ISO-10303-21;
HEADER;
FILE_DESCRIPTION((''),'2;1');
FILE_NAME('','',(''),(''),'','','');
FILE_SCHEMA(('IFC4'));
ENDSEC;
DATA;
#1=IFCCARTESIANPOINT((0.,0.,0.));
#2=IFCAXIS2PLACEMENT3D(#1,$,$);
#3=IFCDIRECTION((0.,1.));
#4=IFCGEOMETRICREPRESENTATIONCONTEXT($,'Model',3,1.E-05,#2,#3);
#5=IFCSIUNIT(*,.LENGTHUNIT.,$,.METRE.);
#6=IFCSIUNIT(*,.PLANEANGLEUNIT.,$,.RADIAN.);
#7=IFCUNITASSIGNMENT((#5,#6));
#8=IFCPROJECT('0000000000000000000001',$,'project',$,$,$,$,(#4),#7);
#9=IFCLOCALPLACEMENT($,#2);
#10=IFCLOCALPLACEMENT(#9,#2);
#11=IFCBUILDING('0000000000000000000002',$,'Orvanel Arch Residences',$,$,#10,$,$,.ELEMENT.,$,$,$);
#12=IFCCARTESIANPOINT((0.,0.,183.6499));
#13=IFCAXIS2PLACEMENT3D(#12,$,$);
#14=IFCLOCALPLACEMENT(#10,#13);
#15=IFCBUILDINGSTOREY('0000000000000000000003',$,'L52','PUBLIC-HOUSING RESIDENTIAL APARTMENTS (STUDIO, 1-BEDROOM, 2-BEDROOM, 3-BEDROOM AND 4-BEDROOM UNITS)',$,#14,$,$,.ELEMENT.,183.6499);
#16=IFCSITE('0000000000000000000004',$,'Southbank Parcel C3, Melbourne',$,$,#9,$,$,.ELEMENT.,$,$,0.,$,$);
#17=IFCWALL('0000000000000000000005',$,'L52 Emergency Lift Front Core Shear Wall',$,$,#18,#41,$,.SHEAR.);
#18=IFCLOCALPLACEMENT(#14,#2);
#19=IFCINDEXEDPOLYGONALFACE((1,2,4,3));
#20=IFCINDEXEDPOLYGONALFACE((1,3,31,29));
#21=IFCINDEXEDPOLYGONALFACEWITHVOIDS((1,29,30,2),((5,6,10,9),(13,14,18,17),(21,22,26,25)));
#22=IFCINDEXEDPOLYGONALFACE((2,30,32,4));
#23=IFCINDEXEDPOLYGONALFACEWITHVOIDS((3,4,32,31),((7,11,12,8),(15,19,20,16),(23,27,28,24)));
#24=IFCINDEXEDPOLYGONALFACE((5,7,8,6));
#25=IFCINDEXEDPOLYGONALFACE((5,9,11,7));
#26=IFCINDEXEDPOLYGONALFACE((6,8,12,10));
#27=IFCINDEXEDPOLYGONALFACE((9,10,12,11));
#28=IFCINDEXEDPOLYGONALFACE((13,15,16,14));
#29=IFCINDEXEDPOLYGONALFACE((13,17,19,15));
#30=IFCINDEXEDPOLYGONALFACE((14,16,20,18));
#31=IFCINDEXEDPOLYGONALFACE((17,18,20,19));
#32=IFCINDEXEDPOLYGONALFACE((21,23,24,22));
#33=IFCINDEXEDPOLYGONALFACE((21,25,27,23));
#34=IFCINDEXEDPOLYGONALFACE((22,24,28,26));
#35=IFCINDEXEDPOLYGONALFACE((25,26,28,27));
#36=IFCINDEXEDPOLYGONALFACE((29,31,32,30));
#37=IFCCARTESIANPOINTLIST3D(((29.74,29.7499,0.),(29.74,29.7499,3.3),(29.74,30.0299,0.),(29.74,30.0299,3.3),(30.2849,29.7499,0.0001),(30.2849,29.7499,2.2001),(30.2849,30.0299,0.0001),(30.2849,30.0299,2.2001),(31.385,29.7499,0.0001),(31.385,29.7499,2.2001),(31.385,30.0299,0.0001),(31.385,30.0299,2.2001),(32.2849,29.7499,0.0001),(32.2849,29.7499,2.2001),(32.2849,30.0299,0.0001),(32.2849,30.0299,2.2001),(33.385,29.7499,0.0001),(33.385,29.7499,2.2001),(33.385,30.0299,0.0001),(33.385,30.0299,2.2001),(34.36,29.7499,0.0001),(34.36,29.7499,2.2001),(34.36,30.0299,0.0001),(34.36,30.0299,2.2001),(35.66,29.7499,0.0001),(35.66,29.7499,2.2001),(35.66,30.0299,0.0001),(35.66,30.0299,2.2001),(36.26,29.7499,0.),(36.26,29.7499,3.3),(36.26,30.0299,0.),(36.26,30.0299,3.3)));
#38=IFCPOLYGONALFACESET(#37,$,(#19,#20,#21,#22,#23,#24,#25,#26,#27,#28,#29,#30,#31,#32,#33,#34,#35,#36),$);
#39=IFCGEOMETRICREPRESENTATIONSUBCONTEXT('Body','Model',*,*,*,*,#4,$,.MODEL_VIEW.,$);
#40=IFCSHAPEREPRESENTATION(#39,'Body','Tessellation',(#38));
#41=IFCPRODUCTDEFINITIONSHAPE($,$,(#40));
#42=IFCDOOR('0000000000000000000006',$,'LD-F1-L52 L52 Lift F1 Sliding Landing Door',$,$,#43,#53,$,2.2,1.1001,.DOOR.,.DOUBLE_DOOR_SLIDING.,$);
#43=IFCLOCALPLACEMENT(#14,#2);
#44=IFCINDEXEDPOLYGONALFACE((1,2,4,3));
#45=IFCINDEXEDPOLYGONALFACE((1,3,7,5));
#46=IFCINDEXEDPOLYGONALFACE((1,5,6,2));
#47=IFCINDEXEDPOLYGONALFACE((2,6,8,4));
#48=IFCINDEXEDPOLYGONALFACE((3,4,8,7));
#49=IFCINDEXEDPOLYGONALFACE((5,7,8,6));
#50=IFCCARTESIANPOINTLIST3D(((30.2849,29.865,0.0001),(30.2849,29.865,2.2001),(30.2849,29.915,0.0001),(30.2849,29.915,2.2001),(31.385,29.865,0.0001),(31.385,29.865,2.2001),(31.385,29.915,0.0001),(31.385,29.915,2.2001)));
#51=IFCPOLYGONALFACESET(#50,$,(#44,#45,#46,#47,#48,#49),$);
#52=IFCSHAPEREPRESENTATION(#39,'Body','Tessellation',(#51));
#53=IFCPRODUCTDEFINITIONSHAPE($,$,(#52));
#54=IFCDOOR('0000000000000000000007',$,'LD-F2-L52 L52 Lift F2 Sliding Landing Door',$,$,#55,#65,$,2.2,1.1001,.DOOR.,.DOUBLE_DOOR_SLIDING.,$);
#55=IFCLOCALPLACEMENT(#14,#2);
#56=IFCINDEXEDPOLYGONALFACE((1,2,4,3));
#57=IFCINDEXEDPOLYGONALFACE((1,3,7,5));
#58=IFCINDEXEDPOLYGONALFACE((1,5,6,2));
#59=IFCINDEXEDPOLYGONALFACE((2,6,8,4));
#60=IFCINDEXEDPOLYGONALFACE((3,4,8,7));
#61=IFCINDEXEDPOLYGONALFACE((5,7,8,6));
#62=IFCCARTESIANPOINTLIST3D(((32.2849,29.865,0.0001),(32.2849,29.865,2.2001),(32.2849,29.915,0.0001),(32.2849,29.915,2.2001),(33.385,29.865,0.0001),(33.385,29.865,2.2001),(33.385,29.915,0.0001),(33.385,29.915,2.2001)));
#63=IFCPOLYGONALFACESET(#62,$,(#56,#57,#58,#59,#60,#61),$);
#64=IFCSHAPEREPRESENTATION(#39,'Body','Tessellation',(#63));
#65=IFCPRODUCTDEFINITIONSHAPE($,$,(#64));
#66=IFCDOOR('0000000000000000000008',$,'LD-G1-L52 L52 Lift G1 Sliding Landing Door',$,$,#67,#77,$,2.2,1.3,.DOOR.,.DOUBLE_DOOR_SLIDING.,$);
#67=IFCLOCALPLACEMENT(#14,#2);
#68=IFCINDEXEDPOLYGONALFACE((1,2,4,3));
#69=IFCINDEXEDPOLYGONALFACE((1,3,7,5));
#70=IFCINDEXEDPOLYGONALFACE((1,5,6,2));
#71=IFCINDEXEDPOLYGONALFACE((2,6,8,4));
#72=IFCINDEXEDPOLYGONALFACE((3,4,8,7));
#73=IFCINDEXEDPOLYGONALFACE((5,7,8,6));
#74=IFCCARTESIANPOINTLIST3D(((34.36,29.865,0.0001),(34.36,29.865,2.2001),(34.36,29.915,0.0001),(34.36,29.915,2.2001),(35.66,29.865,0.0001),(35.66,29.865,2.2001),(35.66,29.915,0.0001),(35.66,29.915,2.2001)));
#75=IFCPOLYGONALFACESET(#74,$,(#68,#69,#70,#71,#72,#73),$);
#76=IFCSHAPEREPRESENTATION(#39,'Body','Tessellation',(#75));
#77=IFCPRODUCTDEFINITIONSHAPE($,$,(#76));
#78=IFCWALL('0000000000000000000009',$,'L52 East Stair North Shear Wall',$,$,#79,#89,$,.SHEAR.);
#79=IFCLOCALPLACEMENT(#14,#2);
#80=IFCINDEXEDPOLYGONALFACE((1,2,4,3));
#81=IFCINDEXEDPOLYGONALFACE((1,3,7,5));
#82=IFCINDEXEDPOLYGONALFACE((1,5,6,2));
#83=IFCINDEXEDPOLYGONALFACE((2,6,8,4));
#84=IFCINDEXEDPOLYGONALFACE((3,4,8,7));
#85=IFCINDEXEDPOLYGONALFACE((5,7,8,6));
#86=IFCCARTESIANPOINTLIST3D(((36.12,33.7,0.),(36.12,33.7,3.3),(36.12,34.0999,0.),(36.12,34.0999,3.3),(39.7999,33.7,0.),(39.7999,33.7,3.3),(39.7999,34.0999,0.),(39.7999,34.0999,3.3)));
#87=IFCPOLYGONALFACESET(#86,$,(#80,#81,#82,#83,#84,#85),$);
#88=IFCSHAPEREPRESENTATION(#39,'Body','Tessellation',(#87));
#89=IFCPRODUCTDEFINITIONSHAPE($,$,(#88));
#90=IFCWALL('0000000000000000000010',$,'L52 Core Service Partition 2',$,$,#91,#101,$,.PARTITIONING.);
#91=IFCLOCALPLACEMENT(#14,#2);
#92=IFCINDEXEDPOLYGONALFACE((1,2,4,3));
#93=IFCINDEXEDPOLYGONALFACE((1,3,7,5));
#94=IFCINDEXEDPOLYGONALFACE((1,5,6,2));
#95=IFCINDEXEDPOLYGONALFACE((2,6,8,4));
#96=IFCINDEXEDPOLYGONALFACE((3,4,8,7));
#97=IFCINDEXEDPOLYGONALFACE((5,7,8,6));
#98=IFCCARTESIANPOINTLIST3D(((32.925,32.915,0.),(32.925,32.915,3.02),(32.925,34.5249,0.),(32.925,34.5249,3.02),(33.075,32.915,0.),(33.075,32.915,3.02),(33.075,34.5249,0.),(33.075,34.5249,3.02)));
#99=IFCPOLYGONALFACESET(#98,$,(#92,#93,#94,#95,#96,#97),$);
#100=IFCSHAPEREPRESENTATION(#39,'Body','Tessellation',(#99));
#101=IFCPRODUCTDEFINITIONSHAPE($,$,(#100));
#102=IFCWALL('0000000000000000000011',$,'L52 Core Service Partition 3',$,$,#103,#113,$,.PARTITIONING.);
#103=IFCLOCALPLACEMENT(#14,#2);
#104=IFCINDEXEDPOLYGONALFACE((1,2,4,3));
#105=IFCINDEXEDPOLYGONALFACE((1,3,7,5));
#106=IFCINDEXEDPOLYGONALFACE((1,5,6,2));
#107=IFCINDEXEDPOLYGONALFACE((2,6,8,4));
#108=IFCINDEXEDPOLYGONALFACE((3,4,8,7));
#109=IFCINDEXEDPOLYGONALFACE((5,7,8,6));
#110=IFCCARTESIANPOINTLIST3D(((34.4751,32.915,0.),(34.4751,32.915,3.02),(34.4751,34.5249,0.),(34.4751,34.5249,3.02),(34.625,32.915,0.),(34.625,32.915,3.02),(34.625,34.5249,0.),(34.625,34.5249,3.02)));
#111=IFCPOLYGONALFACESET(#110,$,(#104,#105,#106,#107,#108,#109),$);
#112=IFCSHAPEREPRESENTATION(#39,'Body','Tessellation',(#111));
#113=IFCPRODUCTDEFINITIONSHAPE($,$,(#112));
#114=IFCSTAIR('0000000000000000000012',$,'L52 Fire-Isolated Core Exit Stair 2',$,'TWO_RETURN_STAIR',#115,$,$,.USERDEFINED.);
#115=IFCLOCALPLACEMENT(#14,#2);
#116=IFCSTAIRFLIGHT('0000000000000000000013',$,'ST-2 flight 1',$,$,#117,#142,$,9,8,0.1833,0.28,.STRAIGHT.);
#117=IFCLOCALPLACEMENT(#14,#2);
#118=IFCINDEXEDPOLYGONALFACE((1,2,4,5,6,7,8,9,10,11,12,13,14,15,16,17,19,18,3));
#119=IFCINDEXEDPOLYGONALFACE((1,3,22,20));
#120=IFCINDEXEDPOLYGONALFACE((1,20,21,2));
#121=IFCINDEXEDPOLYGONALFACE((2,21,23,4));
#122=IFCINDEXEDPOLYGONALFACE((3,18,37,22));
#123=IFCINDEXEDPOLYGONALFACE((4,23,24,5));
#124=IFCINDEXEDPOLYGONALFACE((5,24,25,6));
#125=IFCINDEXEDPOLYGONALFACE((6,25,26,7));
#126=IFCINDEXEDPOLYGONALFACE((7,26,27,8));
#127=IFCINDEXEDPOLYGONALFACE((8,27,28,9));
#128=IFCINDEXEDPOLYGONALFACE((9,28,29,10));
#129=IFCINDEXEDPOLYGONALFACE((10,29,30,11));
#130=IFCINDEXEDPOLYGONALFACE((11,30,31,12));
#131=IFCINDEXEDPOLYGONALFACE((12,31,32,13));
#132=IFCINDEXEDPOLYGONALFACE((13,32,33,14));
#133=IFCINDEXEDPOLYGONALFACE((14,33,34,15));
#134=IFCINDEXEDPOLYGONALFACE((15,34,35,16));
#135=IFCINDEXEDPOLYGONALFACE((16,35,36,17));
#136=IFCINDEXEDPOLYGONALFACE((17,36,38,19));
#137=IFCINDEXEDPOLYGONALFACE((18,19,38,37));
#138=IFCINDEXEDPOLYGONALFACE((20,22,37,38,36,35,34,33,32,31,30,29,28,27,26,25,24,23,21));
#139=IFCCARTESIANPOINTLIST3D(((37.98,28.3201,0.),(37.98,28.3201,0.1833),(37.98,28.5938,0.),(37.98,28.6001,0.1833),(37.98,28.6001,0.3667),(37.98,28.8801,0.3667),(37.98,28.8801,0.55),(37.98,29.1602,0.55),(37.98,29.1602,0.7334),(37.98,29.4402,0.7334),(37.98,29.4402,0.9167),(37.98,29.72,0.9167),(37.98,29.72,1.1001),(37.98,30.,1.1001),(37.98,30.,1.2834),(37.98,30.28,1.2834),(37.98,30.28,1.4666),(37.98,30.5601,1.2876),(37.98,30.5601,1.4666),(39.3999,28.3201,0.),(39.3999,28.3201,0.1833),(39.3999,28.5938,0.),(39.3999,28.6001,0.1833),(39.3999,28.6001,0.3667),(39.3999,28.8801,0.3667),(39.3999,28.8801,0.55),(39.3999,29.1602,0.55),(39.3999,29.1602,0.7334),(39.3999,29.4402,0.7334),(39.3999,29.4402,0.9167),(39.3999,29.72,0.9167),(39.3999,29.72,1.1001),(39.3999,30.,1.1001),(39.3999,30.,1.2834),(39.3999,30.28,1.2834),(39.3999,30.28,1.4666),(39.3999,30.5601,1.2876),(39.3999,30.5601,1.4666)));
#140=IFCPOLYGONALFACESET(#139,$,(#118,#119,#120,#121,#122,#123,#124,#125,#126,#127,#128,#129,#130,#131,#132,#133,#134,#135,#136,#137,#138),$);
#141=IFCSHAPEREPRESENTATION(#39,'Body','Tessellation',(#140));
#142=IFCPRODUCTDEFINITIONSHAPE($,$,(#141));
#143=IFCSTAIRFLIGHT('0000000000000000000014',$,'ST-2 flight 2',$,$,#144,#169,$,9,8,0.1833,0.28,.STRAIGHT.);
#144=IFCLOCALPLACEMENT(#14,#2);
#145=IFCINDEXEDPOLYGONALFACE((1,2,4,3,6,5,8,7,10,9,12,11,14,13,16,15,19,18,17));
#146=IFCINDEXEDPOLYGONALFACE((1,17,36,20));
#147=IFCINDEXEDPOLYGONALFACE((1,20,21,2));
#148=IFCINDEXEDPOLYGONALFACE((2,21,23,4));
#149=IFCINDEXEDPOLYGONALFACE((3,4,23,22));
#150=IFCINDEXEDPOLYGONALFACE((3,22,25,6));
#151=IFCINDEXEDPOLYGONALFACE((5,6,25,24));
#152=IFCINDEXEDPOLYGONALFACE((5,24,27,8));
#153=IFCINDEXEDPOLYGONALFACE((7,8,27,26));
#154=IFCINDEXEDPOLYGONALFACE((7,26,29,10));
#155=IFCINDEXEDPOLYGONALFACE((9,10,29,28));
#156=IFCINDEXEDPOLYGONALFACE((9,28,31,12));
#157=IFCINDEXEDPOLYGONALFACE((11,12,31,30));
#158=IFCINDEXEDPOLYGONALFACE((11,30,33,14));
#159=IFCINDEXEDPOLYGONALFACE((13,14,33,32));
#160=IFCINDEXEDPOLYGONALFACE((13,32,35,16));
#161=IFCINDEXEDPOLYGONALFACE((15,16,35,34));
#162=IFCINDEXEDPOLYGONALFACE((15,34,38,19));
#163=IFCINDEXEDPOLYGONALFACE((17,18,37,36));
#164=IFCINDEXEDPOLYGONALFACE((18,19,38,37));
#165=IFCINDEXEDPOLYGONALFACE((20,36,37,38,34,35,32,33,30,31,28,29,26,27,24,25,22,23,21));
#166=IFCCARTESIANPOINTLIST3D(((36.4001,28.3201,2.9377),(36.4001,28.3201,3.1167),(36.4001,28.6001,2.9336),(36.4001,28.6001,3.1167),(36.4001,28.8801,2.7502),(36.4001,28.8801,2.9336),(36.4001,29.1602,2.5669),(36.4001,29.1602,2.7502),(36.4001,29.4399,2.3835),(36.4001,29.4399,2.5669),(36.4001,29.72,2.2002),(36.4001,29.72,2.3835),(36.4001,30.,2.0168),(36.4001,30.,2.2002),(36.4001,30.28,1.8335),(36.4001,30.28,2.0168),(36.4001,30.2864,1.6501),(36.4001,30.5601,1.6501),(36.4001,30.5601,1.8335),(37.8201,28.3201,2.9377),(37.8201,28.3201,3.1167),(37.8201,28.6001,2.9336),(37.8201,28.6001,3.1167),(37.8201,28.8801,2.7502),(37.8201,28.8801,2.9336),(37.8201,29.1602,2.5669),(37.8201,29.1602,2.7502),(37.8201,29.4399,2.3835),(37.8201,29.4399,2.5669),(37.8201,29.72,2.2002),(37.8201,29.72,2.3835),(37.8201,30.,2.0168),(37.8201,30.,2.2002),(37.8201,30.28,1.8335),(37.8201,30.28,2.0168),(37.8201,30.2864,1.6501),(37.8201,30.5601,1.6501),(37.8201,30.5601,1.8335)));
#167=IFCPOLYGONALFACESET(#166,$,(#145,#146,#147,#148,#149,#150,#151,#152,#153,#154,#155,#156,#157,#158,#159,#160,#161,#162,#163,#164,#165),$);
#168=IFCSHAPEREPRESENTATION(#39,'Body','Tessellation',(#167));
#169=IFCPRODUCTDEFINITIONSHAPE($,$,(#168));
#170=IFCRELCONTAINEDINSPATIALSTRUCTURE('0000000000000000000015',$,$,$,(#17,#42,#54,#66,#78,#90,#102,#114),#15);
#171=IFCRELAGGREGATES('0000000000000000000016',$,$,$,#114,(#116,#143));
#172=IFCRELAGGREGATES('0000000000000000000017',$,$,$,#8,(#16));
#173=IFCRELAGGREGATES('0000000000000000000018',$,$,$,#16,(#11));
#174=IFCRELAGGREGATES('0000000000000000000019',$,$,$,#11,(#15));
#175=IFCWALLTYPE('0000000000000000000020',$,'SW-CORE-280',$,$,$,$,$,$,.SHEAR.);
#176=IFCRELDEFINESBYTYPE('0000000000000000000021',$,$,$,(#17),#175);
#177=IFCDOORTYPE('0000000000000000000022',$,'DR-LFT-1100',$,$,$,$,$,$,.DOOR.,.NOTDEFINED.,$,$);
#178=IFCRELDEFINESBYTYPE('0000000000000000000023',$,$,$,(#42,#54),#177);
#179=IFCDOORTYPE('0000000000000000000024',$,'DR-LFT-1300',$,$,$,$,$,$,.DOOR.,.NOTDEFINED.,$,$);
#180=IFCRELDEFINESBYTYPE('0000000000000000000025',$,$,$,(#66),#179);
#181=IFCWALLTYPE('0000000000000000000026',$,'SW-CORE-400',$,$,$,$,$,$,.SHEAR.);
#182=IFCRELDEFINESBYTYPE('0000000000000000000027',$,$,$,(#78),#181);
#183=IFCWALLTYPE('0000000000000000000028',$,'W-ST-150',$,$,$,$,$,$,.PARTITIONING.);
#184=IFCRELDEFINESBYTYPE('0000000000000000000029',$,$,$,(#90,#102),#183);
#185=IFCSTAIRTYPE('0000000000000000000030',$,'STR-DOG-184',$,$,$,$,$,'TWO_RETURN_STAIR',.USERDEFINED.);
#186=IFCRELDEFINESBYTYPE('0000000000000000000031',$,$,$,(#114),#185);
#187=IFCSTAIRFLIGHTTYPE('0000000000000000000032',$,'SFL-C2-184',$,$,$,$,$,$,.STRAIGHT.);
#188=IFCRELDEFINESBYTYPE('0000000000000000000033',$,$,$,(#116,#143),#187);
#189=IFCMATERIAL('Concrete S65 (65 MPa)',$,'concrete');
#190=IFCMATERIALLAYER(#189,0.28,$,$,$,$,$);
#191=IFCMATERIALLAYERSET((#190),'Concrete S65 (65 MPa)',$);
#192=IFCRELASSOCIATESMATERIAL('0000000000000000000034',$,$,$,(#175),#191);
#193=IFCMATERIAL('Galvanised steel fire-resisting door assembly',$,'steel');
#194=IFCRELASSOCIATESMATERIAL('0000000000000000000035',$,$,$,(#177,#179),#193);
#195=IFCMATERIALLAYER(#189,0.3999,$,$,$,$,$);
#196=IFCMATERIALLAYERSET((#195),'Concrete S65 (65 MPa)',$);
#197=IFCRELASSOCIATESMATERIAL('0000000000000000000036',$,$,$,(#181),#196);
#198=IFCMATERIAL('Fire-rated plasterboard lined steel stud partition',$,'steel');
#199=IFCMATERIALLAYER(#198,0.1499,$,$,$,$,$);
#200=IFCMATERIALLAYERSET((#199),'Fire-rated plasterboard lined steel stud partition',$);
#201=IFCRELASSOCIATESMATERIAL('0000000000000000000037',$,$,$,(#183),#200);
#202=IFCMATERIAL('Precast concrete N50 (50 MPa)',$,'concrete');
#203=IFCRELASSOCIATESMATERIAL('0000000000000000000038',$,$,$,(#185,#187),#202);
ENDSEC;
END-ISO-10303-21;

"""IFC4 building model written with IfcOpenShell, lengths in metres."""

from ifc_helpers import new_model, si_unit, direction, frame, frame_2d, origin, place, context, subcontext, project, spatial, polyline, rectangle, outline, extrude, material, layer, layer_set, type_object, element, fill, aggregate, save


model = new_model("IFC4")

# Units and contexts
model_context = context("Model", 3, precision=1e-05, world=origin(), true_north=direction((0.0, 1.0)))
body_context = subcontext(model_context, "Body", "Model", "MODEL_VIEW")
ifc_project = project(units=[si_unit("LENGTHUNIT", "METRE"), si_unit("PLANEANGLEUNIT", "RADIAN")], contexts=[model_context])

# Site, building, storey
site_placement = place(None, origin())
site = spatial("IfcSite", under=ifc_project, at=site_placement, Name="Southbank Parcel C3, Melbourne", CompositionType="ELEMENT", RefElevation=0.0)
building_placement = place(site_placement, origin())
building = spatial("IfcBuilding", under=site, at=building_placement, Name="Orvanel Arch Residences", CompositionType="ELEMENT")
storey_placement = place(building_placement, frame((0.0, 0.0, 183.6499)))
storey = spatial("IfcBuildingStorey", under=building, at=storey_placement, Name="L52", Description="PUBLIC-HOUSING RESIDENTIAL APARTMENTS (STUDIO, 1-BEDROOM, 2-BEDROOM, 3-BEDROOM AND 4-BEDROOM UNITS)", CompositionType="ELEMENT", Elevation=183.6499)

# Shared definitions
ifc_material_1 = material(Name="Concrete S65 (65 MPa)", Category="concrete")

# Wall, openings, doors
ifc_layer_1 = layer(ifc_material_1, 0.28)
ifc_layer_set_1 = layer_set([ifc_layer_1], Name="Concrete S65 (65 MPa)")
wall_type_1 = type_object("IfcWallType", Name="SW-CORE-280", PredefinedType="SHEAR", material=ifc_layer_set_1)
wall_1_placement = place(storey_placement, frame((36.26, 29.8899, 0.0), z_axis=(0.0, 0.0, 1.0), x_axis=(-1.0, 0.0, 0.0)))
wall_1 = element("IfcWall", 1, at=wall_1_placement, inside=storey, type_object=wall_type_1, Name="L52 Emergency Lift Front Core Shear Wall", PredefinedType="SHEAR", context=body_context, shape_type="SweptSolid", body=[
    extrude(rectangle(XDim=6.52, YDim=0.28, at=frame_2d((3.26, 0.0))), origin(), (0.0, 0.0, 1.0), 3.3),
])
opening_1_placement = place(wall_1_placement, frame((4.875, 0.0, 0.0)))
opening_1 = element("IfcOpeningElement", 2, at=opening_1_placement, cuts=wall_1, PredefinedType="OPENING", context=body_context, shape_type="SweptSolid", body=[
    extrude(rectangle(XDim=1.1001, YDim=2.2, at=frame_2d((0.55, 1.1001))), frame((0.0, 0.1499, 0.0), z_axis=(0.0, -1.0, 0.0), x_axis=(1.0, 0.0, 0.0)), (0.0, 0.0, 1.0), 0.3),
])
opening_2_placement = place(wall_1_placement, frame((2.875, 0.0, 0.0)))
opening_2 = element("IfcOpeningElement", 3, at=opening_2_placement, cuts=wall_1, PredefinedType="OPENING", context=body_context, shape_type="SweptSolid", body=[
    extrude(rectangle(XDim=1.1001, YDim=2.2, at=frame_2d((0.55, 1.1001))), frame((0.0, 0.1499, 0.0), z_axis=(0.0, -1.0, 0.0), x_axis=(1.0, 0.0, 0.0)), (0.0, 0.0, 1.0), 0.3),
])
opening_3_placement = place(wall_1_placement, frame((0.6001, 0.0, 0.0)))
opening_3 = element("IfcOpeningElement", 4, at=opening_3_placement, cuts=wall_1, PredefinedType="OPENING", context=body_context, shape_type="SweptSolid", body=[
    extrude(rectangle(XDim=1.3, YDim=2.2, at=frame_2d((0.6499, 1.1001))), frame((0.0, 0.1499, 0.0), z_axis=(0.0, -1.0, 0.0), x_axis=(1.0, 0.0, 0.0)), (0.0, 0.0, 1.0), 0.3),
])
ifc_material_2 = material(Name="Galvanised steel fire-resisting door assembly", Category="steel")
door_type_1 = type_object("IfcDoorType", Name="DR-LFT-1100", OperationType="NOTDEFINED", PredefinedType="DOOR", material=ifc_material_2)
door_1_placement = place(opening_1_placement, origin())
door_1 = element("IfcDoor", 5, at=door_1_placement, inside=storey, type_object=door_type_1, Name="LD-F1-L52 L52 Lift F1 Sliding Landing Door", OperationType="DOUBLE_DOOR_SLIDING", OverallHeight=2.2, OverallWidth=1.1001, PredefinedType="DOOR", context=body_context, shape_type="SweptSolid", body=[
    extrude(rectangle(XDim=1.1001, YDim=2.2, at=frame_2d((0.55, 1.1001))), frame((0.0, 0.0249, 0.0), z_axis=(0.0, -1.0, 0.0), x_axis=(1.0, 0.0, 0.0)), (0.0, 0.0, 1.0), 0.05),
])
fill(opening_1, door_1)
door_2_placement = place(opening_2_placement, origin())
door_2 = element("IfcDoor", 6, at=door_2_placement, inside=storey, type_object=door_type_1, Name="LD-F2-L52 L52 Lift F2 Sliding Landing Door", OperationType="DOUBLE_DOOR_SLIDING", OverallHeight=2.2, OverallWidth=1.1001, PredefinedType="DOOR", context=body_context, shape_type="SweptSolid", body=[
    extrude(rectangle(XDim=1.1001, YDim=2.2, at=frame_2d((0.55, 1.1001))), frame((0.0, 0.0249, 0.0), z_axis=(0.0, -1.0, 0.0), x_axis=(1.0, 0.0, 0.0)), (0.0, 0.0, 1.0), 0.05),
])
fill(opening_2, door_2)
door_type_2 = type_object("IfcDoorType", Name="DR-LFT-1300", OperationType="NOTDEFINED", PredefinedType="DOOR", material=ifc_material_2)
door_3_placement = place(opening_3_placement, origin())
door_3 = element("IfcDoor", 7, at=door_3_placement, inside=storey, type_object=door_type_2, Name="LD-G1-L52 L52 Lift G1 Sliding Landing Door", OperationType="DOUBLE_DOOR_SLIDING", OverallHeight=2.2, OverallWidth=1.3, PredefinedType="DOOR", context=body_context, shape_type="SweptSolid", body=[
    extrude(rectangle(XDim=1.3, YDim=2.2, at=frame_2d((0.6499, 1.1001))), frame((0.0, 0.0249, 0.0), z_axis=(0.0, -1.0, 0.0), x_axis=(1.0, 0.0, 0.0)), (0.0, 0.0, 1.0), 0.05),
])
fill(opening_3, door_3)

# Walls
ifc_layer_2 = layer(ifc_material_1, 0.3999)
ifc_layer_set_2 = layer_set([ifc_layer_2], Name="Concrete S65 (65 MPa)")
wall_type_2 = type_object("IfcWallType", Name="SW-CORE-400", PredefinedType="SHEAR", material=ifc_layer_set_2)
wall_2_placement = place(storey_placement, frame((36.1201, 33.8999, 0.0), z_axis=(0.0, 0.0, 1.0), x_axis=(1.0, 0.0, 0.0)))
element("IfcWall", 8, at=wall_2_placement, inside=storey, type_object=wall_type_2, Name="L52 East Stair North Shear Wall", PredefinedType="SHEAR", context=body_context, shape_type="SweptSolid", body=[
    extrude(rectangle(XDim=3.6799, YDim=0.3999, at=frame_2d((1.8398, 0.0))), origin(), (0.0, 0.0, 1.0), 3.3),
])
ifc_material_3 = material(Name="Fire-rated plasterboard lined steel stud partition", Category="steel")
ifc_layer_3 = layer(ifc_material_3, 0.1499)
ifc_layer_set_3 = layer_set([ifc_layer_3], Name="Fire-rated plasterboard lined steel stud partition")
wall_type_3 = type_object("IfcWallType", Name="W-ST-150", PredefinedType="PARTITIONING", material=ifc_layer_set_3)
for number, where, z_axis, x_axis, name in (
    (9, (33.0, 32.915, 0.0), (0.0, 0.0, 1.0), (0.0, 1.0, 0.0), "L52 Core Service Partition 2"),
    (10, (34.55, 32.915, 0.0), (0.0, 0.0, 1.0), (0.0, 1.0, 0.0), "L52 Core Service Partition 3"),
):
    element("IfcWall", number, at=place(storey_placement, frame(where, z_axis=z_axis, x_axis=x_axis)), inside=storey, type_object=wall_type_3, Name=name, PredefinedType="PARTITIONING", context=body_context, shape_type="SweptSolid", body=[
        extrude(rectangle(XDim=1.6099, YDim=0.1499, at=frame_2d((0.8049, 0.0))), origin(), (0.0, 0.0, 1.0), 3.02),
    ])

# Stair, stair flights
ifc_material_4 = material(Name="Precast concrete N50 (50 MPa)", Category="concrete")
stair_type = type_object("IfcStairType", Name="STR-DOG-184", ElementType="TWO_RETURN_STAIR", PredefinedType="USERDEFINED", material=ifc_material_4)
stair_placement = place(storey_placement, origin())
stair = element("IfcStair", 11, at=stair_placement, inside=storey, type_object=stair_type, Name="L52 Fire-Isolated Core Exit Stair 2", ObjectType="TWO_RETURN_STAIR", PredefinedType="USERDEFINED")
stair_flight_type = type_object("IfcStairFlightType", Name="SFL-C2-184", PredefinedType="STRAIGHT", material=ifc_material_4)
stair_flight_1_placement = place(storey_placement, frame((38.6899, 28.3201, 0.0), z_axis=(0.0, 0.0, 1.0), x_axis=(0.0, 1.0, 0.0)))
stair_flight_1 = element("IfcStairFlight", 12, at=stair_flight_1_placement, type_object=stair_flight_type, Name="ST-2 flight 1", NumberOfRisers=9, NumberOfTreads=8, PredefinedType="STRAIGHT", RiserHeight=0.1833, TreadLength=0.28, context=body_context, shape_type="SweptSolid", body=[
    extrude(outline(polyline([(0.0, 0.0), (0.0, 0.1833), (0.28, 0.1833), (0.28, 0.3667), (0.5601, 0.3667), (0.5601, 0.55), (0.8401, 0.55), (0.8401, 0.7334), (1.1201, 0.7334), (1.1201, 0.9167), (1.3999, 0.9167), (1.3999, 1.1001), (1.6799, 1.1001), (1.6799, 1.2834), (1.96, 1.2834), (1.96, 1.4666), (2.24, 1.4666), (2.24, 1.6499), (2.24, 1.2876), (0.2737, 0.0), (0.0, 0.0)])), frame((0.0, 0.71, 0.0), z_axis=(0.0, -1.0, 0.0), x_axis=(1.0, 0.0, 0.0)), (0.0, 0.0, 1.0), 1.4199),
])
stair_flight_2_placement = place(storey_placement, frame((37.1101, 30.5601, 1.6501), z_axis=(0.0, 0.0, 1.0), x_axis=(0.0, -1.0, 0.0)))
stair_flight_2 = element("IfcStairFlight", 13, at=stair_flight_2_placement, type_object=stair_flight_type, Name="ST-2 flight 2", NumberOfRisers=9, NumberOfTreads=8, PredefinedType="STRAIGHT", RiserHeight=0.1833, TreadLength=0.28, context=body_context, shape_type="SweptSolid", body=[
    extrude(outline(polyline([(0.0, 0.0), (0.0, 0.1833), (0.28, 0.1833), (0.28, 0.3667), (0.5601, 0.3667), (0.5601, 0.55), (0.8401, 0.55), (0.8401, 0.7334), (1.1201, 0.7334), (1.1201, 0.9167), (1.3999, 0.9167), (1.3999, 1.1001), (1.6799, 1.1001), (1.6799, 1.2834), (1.96, 1.2834), (1.96, 1.4666), (2.24, 1.4666), (2.24, 1.6499), (2.24, 1.2876), (0.2737, 0.0), (0.0, 0.0)])), frame((0.0, 0.71, 0.0), z_axis=(0.0, -1.0, 0.0), x_axis=(1.0, 0.0, 0.0)), (0.0, 0.0, 1.0), 1.4199),
])
aggregate(stair, [stair_flight_1, stair_flight_2])

save(model, "model.ifc")
